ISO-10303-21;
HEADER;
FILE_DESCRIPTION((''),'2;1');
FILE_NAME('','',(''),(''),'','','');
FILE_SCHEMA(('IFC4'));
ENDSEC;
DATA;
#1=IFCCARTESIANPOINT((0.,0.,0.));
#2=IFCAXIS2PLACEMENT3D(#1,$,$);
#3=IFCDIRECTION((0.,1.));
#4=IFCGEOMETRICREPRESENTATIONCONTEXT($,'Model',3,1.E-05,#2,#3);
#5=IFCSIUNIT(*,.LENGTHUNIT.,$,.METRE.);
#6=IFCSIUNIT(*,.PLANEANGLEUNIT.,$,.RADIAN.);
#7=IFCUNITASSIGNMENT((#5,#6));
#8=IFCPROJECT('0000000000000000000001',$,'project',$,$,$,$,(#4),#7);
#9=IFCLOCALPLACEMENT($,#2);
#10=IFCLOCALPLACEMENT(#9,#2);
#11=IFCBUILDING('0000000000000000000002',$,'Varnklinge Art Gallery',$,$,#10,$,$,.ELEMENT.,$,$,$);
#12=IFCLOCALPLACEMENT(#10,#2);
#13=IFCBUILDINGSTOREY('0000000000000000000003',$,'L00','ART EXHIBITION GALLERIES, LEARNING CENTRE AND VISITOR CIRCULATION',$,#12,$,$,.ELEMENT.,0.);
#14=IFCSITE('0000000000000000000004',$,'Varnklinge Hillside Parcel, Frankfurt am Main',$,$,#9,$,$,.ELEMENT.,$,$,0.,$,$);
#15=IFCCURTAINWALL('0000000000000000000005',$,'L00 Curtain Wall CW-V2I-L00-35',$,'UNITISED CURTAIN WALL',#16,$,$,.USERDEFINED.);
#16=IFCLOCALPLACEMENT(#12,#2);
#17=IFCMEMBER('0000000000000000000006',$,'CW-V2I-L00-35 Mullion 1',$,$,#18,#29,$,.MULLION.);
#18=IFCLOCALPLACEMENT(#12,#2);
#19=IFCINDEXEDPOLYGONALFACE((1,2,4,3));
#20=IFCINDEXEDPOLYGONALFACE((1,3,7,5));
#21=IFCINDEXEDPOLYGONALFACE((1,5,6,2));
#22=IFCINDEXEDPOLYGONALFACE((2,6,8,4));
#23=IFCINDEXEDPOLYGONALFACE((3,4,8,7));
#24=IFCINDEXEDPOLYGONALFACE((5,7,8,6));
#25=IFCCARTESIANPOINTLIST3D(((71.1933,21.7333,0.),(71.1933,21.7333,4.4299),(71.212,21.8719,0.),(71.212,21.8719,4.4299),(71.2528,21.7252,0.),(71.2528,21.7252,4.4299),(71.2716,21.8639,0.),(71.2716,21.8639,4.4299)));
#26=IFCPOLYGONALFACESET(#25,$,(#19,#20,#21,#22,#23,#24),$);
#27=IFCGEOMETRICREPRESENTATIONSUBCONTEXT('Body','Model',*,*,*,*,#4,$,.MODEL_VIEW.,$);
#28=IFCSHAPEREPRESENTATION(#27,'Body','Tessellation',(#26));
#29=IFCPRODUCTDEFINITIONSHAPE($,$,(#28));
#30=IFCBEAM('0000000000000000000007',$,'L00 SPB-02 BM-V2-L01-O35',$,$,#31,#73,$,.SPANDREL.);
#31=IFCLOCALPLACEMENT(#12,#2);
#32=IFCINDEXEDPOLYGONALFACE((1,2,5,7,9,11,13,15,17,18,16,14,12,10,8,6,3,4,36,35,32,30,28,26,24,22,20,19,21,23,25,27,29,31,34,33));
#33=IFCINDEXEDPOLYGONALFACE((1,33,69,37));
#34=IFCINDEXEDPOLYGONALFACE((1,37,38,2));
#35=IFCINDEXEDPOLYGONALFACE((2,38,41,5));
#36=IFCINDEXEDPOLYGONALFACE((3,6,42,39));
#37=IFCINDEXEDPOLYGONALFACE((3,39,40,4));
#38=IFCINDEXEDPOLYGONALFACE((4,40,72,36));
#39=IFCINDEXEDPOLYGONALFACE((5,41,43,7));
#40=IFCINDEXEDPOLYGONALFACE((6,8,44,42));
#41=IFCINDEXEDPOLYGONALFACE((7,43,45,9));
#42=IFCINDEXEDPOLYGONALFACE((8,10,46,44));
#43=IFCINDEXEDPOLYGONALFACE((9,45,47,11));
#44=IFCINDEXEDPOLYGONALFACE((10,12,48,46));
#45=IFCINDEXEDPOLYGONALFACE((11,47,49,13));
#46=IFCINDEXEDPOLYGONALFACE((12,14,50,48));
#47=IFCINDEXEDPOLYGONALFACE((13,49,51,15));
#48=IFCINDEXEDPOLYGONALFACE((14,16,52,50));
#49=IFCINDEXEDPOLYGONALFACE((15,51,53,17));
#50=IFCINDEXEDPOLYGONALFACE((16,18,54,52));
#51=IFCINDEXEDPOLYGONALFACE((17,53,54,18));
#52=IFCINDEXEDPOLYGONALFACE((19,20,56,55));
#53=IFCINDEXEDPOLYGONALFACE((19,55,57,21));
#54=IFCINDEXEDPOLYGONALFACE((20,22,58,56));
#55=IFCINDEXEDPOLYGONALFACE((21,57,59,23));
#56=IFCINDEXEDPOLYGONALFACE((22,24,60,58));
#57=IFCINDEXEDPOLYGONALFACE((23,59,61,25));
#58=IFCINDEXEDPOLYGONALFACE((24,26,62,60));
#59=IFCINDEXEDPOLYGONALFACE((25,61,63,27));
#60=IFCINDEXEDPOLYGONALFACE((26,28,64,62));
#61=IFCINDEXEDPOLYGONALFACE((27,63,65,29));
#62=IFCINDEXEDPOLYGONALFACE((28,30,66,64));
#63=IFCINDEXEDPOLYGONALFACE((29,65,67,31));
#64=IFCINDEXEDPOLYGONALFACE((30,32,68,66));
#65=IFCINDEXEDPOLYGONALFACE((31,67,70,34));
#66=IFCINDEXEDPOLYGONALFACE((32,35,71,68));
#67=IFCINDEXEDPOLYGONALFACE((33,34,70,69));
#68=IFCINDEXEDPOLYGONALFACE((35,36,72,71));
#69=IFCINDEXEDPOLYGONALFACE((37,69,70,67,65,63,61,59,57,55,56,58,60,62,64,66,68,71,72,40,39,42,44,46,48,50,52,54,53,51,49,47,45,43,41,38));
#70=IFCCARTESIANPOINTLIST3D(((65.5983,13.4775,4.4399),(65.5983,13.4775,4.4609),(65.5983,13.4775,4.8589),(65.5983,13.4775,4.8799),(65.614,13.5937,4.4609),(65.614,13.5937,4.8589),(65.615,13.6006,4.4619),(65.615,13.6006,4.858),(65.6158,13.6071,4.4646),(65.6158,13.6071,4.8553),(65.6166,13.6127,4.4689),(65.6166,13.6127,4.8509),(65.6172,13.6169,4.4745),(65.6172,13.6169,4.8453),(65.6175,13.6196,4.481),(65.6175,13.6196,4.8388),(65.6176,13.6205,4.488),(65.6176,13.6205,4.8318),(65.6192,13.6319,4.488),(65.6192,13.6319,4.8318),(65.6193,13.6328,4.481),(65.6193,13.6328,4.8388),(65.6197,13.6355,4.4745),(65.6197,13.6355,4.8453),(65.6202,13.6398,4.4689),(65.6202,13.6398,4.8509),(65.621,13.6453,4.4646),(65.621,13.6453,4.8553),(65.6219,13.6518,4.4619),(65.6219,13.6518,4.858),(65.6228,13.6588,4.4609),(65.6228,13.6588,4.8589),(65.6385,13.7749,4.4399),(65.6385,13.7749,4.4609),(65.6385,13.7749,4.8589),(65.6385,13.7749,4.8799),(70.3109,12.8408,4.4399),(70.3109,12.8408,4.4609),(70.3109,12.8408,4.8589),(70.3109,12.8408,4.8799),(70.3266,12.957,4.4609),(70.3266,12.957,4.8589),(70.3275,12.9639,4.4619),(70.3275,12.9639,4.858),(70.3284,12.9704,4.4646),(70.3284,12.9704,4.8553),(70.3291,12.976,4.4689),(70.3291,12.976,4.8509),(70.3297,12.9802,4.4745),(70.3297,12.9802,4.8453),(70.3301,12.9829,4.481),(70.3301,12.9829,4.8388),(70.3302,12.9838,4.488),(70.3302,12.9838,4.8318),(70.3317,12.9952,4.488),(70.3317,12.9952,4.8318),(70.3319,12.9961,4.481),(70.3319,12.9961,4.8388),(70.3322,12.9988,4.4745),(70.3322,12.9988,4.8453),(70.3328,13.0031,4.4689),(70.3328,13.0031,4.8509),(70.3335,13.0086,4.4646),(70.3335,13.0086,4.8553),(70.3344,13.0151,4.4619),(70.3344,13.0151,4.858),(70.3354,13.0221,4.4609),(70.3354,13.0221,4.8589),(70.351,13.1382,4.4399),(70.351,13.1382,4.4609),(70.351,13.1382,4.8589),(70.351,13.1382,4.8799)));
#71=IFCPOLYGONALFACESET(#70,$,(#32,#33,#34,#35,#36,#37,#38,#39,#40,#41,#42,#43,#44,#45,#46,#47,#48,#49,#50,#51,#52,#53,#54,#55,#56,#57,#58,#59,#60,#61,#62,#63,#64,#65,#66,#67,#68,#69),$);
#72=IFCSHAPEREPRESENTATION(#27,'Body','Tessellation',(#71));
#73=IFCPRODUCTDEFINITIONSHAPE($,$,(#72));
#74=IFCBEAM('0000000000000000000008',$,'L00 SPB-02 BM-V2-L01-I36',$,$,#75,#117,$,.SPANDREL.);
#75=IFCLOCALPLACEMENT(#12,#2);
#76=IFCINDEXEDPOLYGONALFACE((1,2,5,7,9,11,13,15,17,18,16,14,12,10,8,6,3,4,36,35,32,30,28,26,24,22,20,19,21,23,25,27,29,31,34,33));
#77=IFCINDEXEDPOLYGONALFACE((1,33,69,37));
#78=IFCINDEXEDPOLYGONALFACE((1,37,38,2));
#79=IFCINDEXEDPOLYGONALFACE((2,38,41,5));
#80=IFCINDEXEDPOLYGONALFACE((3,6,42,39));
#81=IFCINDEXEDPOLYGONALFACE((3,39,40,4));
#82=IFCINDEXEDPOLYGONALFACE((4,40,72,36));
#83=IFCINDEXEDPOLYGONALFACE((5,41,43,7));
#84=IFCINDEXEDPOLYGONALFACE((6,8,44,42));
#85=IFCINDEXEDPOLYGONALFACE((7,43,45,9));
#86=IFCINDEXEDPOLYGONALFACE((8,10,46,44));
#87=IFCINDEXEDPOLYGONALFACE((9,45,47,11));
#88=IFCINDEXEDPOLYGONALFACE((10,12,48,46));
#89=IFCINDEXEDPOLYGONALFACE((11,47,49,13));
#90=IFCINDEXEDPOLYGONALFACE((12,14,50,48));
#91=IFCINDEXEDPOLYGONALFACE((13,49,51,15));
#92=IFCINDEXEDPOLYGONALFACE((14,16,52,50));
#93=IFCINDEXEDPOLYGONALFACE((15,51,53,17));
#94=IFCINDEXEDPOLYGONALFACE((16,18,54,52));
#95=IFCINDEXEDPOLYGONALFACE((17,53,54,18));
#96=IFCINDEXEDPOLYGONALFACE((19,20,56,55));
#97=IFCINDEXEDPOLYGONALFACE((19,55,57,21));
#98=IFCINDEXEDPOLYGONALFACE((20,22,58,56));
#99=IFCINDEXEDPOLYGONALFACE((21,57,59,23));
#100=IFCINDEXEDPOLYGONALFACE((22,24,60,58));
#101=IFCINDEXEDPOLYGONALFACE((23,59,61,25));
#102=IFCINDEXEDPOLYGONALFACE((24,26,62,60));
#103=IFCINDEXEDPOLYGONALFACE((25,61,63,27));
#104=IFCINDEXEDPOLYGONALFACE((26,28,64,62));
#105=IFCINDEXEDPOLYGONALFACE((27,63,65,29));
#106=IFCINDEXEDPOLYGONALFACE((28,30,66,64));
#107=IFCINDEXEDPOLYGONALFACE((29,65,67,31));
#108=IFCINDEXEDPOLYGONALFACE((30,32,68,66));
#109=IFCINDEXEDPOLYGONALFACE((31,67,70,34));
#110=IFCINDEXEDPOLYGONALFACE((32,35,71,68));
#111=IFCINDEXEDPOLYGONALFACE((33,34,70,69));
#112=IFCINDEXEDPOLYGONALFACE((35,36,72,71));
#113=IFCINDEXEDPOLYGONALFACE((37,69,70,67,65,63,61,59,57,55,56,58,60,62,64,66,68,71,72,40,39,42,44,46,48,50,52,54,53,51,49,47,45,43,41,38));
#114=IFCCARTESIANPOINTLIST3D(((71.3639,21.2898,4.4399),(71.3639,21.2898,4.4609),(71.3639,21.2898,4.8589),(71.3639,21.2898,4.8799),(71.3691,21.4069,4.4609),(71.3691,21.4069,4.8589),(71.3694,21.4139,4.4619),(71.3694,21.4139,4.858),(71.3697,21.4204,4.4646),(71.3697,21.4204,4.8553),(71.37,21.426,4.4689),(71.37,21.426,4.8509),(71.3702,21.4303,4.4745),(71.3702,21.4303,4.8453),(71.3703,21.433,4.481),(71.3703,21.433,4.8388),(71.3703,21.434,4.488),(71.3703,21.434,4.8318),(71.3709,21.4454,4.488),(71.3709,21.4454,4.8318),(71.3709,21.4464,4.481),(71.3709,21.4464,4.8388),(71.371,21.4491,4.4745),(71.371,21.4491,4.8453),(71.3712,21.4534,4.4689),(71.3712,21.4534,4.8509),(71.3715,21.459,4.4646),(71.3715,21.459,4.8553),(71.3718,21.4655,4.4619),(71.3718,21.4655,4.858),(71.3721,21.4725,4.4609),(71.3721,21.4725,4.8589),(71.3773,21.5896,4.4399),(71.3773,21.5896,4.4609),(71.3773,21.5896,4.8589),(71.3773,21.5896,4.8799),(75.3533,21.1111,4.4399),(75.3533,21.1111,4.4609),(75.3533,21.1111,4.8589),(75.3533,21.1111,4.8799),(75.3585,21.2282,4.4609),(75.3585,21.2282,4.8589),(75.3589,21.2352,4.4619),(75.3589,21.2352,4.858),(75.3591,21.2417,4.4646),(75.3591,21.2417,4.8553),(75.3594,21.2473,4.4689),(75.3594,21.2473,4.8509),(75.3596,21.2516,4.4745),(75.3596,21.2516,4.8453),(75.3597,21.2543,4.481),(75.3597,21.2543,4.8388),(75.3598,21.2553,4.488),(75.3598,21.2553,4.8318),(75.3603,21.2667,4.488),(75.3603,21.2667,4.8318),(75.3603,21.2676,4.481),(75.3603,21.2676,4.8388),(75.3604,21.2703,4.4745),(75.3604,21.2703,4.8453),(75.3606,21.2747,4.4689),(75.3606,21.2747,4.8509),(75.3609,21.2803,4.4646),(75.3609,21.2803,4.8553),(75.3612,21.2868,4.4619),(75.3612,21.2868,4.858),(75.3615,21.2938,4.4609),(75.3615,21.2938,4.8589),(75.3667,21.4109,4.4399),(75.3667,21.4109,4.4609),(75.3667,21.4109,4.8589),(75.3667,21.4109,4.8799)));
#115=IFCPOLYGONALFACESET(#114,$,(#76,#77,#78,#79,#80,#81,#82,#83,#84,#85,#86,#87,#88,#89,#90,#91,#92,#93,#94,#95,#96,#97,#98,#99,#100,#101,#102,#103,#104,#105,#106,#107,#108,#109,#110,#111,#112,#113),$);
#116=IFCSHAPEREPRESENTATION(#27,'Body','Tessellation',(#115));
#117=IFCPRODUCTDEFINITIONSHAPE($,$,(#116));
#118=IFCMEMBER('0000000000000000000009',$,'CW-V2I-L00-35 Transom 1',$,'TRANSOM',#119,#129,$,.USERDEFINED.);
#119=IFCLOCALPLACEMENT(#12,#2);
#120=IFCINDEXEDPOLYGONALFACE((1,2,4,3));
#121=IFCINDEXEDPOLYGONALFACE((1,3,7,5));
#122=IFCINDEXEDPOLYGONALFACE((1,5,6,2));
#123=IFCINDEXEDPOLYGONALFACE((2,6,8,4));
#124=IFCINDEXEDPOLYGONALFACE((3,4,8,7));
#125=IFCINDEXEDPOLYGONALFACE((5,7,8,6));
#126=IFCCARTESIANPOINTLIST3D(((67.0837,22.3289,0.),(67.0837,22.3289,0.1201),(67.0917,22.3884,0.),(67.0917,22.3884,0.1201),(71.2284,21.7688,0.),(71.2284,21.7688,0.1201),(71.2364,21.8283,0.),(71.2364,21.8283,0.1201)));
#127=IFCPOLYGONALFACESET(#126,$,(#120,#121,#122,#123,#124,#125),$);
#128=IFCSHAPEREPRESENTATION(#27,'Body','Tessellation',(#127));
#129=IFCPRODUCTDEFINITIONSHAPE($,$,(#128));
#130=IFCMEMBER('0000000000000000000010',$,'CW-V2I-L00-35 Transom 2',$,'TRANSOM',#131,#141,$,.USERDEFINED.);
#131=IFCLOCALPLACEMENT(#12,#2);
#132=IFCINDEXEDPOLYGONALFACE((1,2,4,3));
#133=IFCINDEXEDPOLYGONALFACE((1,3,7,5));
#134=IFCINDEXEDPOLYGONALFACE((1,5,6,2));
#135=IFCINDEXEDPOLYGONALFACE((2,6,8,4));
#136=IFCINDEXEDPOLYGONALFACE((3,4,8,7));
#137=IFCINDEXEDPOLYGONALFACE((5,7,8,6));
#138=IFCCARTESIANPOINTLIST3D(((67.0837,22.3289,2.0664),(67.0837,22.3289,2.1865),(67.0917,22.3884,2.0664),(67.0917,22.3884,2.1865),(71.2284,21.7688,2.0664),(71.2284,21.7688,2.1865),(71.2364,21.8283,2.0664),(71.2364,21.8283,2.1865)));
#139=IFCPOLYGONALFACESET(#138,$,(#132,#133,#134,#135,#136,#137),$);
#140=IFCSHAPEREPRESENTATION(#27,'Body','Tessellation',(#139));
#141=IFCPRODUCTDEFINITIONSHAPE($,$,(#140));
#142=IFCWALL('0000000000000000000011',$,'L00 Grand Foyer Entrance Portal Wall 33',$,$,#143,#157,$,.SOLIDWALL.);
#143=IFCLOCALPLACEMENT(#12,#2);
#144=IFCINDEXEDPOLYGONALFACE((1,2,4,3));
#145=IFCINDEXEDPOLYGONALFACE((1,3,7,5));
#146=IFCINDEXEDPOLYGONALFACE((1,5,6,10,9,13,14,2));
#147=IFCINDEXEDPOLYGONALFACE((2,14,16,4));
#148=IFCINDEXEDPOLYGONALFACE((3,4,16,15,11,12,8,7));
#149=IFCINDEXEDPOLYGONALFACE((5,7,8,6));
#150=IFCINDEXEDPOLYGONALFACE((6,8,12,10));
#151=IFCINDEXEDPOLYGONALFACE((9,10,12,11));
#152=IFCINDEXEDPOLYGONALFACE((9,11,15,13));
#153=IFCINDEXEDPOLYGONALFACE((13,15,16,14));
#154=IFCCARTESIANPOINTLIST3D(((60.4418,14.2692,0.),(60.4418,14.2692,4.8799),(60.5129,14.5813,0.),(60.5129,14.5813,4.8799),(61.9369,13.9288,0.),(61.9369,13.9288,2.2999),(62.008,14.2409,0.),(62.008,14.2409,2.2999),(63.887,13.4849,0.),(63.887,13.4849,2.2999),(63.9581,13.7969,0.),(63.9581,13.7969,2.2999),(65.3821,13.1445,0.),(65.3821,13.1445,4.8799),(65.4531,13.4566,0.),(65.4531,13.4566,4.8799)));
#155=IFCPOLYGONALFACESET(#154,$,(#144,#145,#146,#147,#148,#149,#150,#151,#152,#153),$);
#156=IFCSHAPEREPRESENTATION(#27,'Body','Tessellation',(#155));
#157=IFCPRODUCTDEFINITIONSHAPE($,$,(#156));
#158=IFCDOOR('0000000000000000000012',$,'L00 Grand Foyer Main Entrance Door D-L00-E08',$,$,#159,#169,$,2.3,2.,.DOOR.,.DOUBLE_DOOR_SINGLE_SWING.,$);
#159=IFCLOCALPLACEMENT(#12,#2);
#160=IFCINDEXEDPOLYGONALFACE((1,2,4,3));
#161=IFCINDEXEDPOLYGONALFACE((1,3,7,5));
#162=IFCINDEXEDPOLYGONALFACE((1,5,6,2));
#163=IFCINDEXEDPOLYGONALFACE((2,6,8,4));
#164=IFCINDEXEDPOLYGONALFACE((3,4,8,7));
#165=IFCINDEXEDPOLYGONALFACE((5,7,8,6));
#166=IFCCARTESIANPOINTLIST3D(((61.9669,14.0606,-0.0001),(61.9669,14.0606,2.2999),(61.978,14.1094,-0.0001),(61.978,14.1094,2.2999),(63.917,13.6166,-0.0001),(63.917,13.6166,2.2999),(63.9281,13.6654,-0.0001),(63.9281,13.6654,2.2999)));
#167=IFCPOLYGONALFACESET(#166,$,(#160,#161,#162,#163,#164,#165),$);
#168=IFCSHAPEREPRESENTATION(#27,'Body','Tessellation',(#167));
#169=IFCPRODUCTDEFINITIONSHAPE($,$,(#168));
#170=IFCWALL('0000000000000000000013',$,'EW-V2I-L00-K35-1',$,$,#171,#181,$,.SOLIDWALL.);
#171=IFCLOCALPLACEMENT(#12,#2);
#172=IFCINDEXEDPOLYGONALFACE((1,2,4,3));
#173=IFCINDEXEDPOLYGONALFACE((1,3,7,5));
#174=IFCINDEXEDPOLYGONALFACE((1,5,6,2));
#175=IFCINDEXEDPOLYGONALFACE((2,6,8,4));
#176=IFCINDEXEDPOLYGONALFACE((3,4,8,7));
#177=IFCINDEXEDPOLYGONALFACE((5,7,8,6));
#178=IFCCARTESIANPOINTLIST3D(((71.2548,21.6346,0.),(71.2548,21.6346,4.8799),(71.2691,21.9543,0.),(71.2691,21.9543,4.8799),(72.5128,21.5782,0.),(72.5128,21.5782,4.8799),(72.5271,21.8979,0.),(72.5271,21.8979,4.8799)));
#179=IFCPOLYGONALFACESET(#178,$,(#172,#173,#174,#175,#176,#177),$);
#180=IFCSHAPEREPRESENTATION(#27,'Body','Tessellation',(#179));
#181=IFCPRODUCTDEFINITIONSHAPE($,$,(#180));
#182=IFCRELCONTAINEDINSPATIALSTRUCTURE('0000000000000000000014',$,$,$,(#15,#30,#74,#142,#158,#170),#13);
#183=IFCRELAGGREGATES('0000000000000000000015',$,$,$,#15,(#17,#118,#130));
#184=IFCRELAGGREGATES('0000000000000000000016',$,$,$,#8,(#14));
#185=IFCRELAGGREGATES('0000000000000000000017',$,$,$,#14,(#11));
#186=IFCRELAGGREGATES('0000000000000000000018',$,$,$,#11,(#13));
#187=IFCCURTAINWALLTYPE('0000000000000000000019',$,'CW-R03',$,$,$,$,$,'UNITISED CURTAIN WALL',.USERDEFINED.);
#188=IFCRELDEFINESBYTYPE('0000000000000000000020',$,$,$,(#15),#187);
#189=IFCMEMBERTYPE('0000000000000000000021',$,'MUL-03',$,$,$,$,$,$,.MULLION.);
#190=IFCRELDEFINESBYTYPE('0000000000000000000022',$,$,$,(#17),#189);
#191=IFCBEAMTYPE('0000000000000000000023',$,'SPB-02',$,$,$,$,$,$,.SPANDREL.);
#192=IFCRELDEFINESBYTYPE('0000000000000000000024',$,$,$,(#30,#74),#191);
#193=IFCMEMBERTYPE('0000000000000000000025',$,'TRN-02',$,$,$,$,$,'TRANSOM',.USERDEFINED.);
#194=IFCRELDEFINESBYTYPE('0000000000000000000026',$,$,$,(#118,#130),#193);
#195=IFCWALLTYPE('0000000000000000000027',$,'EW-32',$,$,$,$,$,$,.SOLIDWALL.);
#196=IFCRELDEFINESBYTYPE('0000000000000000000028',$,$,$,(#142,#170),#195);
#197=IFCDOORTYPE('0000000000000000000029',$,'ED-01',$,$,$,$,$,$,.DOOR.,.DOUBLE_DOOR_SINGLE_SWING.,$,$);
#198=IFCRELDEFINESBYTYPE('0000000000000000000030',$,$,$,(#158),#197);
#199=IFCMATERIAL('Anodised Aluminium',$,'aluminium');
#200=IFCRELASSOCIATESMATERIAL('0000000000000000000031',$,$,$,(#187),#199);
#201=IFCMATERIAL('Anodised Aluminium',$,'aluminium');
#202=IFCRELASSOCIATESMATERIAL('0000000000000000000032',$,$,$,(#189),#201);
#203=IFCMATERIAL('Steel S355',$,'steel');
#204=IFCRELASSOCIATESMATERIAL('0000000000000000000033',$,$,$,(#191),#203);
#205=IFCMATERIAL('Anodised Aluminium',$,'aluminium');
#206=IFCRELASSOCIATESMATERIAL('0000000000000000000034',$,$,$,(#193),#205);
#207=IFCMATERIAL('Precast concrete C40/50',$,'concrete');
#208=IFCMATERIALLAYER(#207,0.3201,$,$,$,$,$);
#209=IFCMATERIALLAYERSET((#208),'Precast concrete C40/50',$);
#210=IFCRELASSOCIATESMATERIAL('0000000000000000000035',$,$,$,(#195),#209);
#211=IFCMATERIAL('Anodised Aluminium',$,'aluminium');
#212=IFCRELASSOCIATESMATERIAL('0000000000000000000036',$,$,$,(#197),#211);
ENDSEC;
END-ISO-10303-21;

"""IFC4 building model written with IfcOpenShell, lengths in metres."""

from ifc_helpers import new_model, si_unit, direction, frame, frame_2d, origin, origin_2d, place, context, subcontext, project, spatial, rectangle, i_section, extrude, material, layer, layer_set, material_profile, profile_set, type_object, element, fill, aggregate, save


model = new_model("IFC4")

# Units and contexts
model_context = context("Model", 3, precision=1e-05, world=origin(), true_north=direction((0.0, 1.0)))
body_context = subcontext(model_context, "Body", "Model", "MODEL_VIEW")
ifc_project = project(units=[si_unit("LENGTHUNIT", "METRE"), si_unit("PLANEANGLEUNIT", "RADIAN")], contexts=[model_context])

# Site, building, storey
site_placement = place(None, origin())
site = spatial("IfcSite", under=ifc_project, at=site_placement, Name="Varnklinge Hillside Parcel, Frankfurt am Main", CompositionType="ELEMENT", RefElevation=0.0)
building_placement = place(site_placement, origin())
building = spatial("IfcBuilding", under=site, at=building_placement, Name="Varnklinge Art Gallery", CompositionType="ELEMENT")
storey_placement = place(building_placement, origin())
storey = spatial("IfcBuildingStorey", under=building, at=storey_placement, Name="L00", Description="ART EXHIBITION GALLERIES, LEARNING CENTRE AND VISITOR CIRCULATION", CompositionType="ELEMENT", Elevation=0.0)

# Curtain wall, member
ifc_material_1 = material(Name="Anodised Aluminium", Category="aluminium")
curtain_wall_type = type_object("IfcCurtainWallType", Name="CW-R03", ElementType="UNITISED CURTAIN WALL", PredefinedType="USERDEFINED", material=ifc_material_1)
curtain_wall_placement = place(storey_placement, origin())
curtain_wall = element("IfcCurtainWall", 1, at=curtain_wall_placement, inside=storey, type_object=curtain_wall_type, Name="L00 Curtain Wall CW-V2I-L00-35", ObjectType="UNITISED CURTAIN WALL", PredefinedType="USERDEFINED")
ifc_material_2 = material(Name="Anodised Aluminium", Category="aluminium")
ifc_material_profile_1 = material_profile(ifc_material_2, rectangle(XDim=0.0601, YDim=0.1399, at=origin_2d()), Name="ALU 60x140")
ifc_profile_set_1 = profile_set([ifc_material_profile_1], Name="Anodised Aluminium")
member_type_1 = type_object("IfcMemberType", Name="MUL-03", PredefinedType="MULLION", material=ifc_profile_set_1)
member_1_placement = place(storey_placement, frame((71.2324, 21.7986, 0.0), z_axis=(0.0, 0.0, 1.0), x_axis=(-0.990983, 0.133986, 0.0)))
member_1 = element("IfcMember", 2, at=member_1_placement, type_object=member_type_1, Name="CW-V2I-L00-35 Mullion 1", PredefinedType="MULLION", context=body_context, shape_type="SweptSolid", body=[
    extrude(rectangle(XDim=0.0601, YDim=0.1399, at=origin_2d()), origin(), (0.0, 0.0, 1.0), 4.4299),
])

# Beams
ifc_material_3 = material(Name="Steel S355", Category="steel")
ifc_material_profile_2 = material_profile(ifc_material_3, i_section(OverallWidth=0.3, OverallDepth=0.4399, WebThickness=0.0115, FlangeThickness=0.021, FilletRadius=0.0271, at=origin_2d()), Name="HEA 450")
ifc_profile_set_2 = profile_set([ifc_material_profile_2], Name="Steel S355")
beam_type_1 = type_object("IfcBeamType", Name="SPB-02", PredefinedType="SPANDREL", material=ifc_profile_set_2)
beam_1_placement = place(storey_placement, frame((65.6184, 13.6262, 4.6599), z_axis=(0.990996, -0.133892, 0.0), x_axis=(0.133892, 0.990996, 0.0)))
element("IfcBeam", 3, at=beam_1_placement, inside=storey, type_object=beam_type_1, Name="L00 SPB-02 BM-V2-L01-O35", PredefinedType="SPANDREL", context=body_context, shape_type="SweptSolid", body=[
    extrude(i_section(OverallWidth=0.3, OverallDepth=0.4399, WebThickness=0.0115, FlangeThickness=0.021, FilletRadius=0.0271, at=origin_2d()), origin(), (0.0, 0.0, 1.0), 4.7554),
])
beam_2_placement = place(storey_placement, frame((71.3706, 21.4397, 4.6599), z_axis=(0.998998, -0.04475, 0.0), x_axis=(0.04475, 0.998998, 0.0)))
element("IfcBeam", 4, at=beam_2_placement, inside=storey, type_object=beam_type_1, Name="L00 SPB-02 BM-V2-L01-I36", PredefinedType="SPANDREL", context=body_context, shape_type="SweptSolid", body=[
    extrude(i_section(OverallWidth=0.3, OverallDepth=0.4399, WebThickness=0.0115, FlangeThickness=0.021, FilletRadius=0.0271, at=origin_2d()), origin(), (0.0, 0.0, 1.0), 3.9934),
])

# Members
ifc_material_4 = material(Name="Anodised Aluminium", Category="aluminium")
ifc_material_profile_3 = material_profile(ifc_material_4, rectangle(XDim=0.0601, YDim=0.1201, at=origin_2d()), Name="ALU 60x120")
ifc_profile_set_3 = profile_set([ifc_material_profile_3], Name="Anodised Aluminium")
member_type_2 = type_object("IfcMemberType", Name="TRN-02", ElementType="TRANSOM", PredefinedType="USERDEFINED", material=ifc_profile_set_3)
member_2_placement = place(storey_placement, frame((71.2324, 21.7986, 0.0601), z_axis=(-0.990994, 0.133907, 0.0), x_axis=(-0.133907, -0.990994, 0.0)))
member_2 = element("IfcMember", 5, at=member_2_placement, type_object=member_type_2, Name="CW-V2I-L00-35 Transom 1", ObjectType="TRANSOM", PredefinedType="USERDEFINED", context=body_context, shape_type="SweptSolid", body=[
    extrude(rectangle(XDim=0.0601, YDim=0.1201, at=origin_2d()), origin(), (0.0, 0.0, 1.0), 4.1824),
])
member_3_placement = place(storey_placement, frame((71.2324, 21.7986, 2.1265), z_axis=(-0.990994, 0.133907, 0.0), x_axis=(-0.133907, -0.990994, 0.0)))
member_3 = element("IfcMember", 6, at=member_3_placement, type_object=member_type_2, Name="CW-V2I-L00-35 Transom 2", ObjectType="TRANSOM", PredefinedType="USERDEFINED", context=body_context, shape_type="SweptSolid", body=[
    extrude(rectangle(XDim=0.0601, YDim=0.1201, at=origin_2d()), origin(), (0.0, 0.0, 1.0), 4.1824),
])
aggregate(curtain_wall, [member_1, member_2, member_3])

# Wall, opening, door
ifc_material_5 = material(Name="Precast concrete C40/50", Category="concrete")
ifc_layer_1 = layer(ifc_material_5, 0.3201)
ifc_layer_set_1 = layer_set([ifc_layer_1], Name="Precast concrete C40/50")
wall_type_1 = type_object("IfcWallType", Name="EW-32", PredefinedType="SOLIDWALL", material=ifc_layer_set_1)
wall_1_placement = place(storey_placement, frame((65.4175, 13.3005, 0.0), z_axis=(0.0, 0.0, 1.0), x_axis=(-0.975048, 0.221994, 0.0)))
wall_1 = element("IfcWall", 7, at=wall_1_placement, inside=storey, type_object=wall_type_1, Name="L00 Grand Foyer Entrance Portal Wall 33", PredefinedType="SOLIDWALL", context=body_context, shape_type="SweptSolid", body=[
    extrude(rectangle(XDim=5.0667, YDim=0.3201, at=frame_2d((2.5332, 0.0))), origin(), (0.0, 0.0, 1.0), 4.8799),
])
opening_1_placement = place(wall_1_placement, frame((1.5332, 0.0, 0.0)))
opening_1 = element("IfcOpeningElement", 8, at=opening_1_placement, cuts=wall_1, PredefinedType="OPENING", context=body_context, shape_type="SweptSolid", body=[
    extrude(rectangle(XDim=2.0, YDim=2.3, at=frame_2d((1.0, 1.1499))), frame((0.0, 0.1702, 0.0), z_axis=(0.0, -1.0, 0.0), x_axis=(1.0, 0.0, 0.0)), (0.0, 0.0, 1.0), 0.3401),
])
ifc_material_6 = material(Name="Anodised Aluminium", Category="aluminium")
door_type_1 = type_object("IfcDoorType", Name="ED-01", OperationType="DOUBLE_DOOR_SINGLE_SWING", PredefinedType="DOOR", material=ifc_material_6)
door_1_placement = place(opening_1_placement, origin())
door_1 = element("IfcDoor", 9, at=door_1_placement, inside=storey, type_object=door_type_1, Name="L00 Grand Foyer Main Entrance Door D-L00-E08", OperationType="DOUBLE_DOOR_SINGLE_SWING", OverallHeight=2.3, OverallWidth=2.0, PredefinedType="DOOR", context=body_context, shape_type="SweptSolid", body=[
    extrude(rectangle(XDim=2.0, YDim=2.3, at=frame_2d((1.0, 1.1499))), frame((0.0, 0.0249, 0.0), z_axis=(0.0, -1.0, 0.0), x_axis=(1.0, 0.0, 0.0)), (0.0, 0.0, 1.0), 0.05),
])
fill(opening_1, door_1)

# Wall
wall_2_placement = place(storey_placement, frame((71.262, 21.7944, 0.0), z_axis=(0.0, 0.0, 1.0), x_axis=(0.998997, -0.044783, 0.0)))
element("IfcWall", 10, at=wall_2_placement, inside=storey, type_object=wall_type_1, Name="EW-V2I-L00-K35-1", PredefinedType="SOLIDWALL", context=body_context, shape_type="SweptSolid", body=[
    extrude(rectangle(XDim=1.2593, YDim=0.3201, at=frame_2d((0.6296, 0.0))), origin(), (0.0, 0.0, 1.0), 4.8799),
])

save(model, "model.ifc")
